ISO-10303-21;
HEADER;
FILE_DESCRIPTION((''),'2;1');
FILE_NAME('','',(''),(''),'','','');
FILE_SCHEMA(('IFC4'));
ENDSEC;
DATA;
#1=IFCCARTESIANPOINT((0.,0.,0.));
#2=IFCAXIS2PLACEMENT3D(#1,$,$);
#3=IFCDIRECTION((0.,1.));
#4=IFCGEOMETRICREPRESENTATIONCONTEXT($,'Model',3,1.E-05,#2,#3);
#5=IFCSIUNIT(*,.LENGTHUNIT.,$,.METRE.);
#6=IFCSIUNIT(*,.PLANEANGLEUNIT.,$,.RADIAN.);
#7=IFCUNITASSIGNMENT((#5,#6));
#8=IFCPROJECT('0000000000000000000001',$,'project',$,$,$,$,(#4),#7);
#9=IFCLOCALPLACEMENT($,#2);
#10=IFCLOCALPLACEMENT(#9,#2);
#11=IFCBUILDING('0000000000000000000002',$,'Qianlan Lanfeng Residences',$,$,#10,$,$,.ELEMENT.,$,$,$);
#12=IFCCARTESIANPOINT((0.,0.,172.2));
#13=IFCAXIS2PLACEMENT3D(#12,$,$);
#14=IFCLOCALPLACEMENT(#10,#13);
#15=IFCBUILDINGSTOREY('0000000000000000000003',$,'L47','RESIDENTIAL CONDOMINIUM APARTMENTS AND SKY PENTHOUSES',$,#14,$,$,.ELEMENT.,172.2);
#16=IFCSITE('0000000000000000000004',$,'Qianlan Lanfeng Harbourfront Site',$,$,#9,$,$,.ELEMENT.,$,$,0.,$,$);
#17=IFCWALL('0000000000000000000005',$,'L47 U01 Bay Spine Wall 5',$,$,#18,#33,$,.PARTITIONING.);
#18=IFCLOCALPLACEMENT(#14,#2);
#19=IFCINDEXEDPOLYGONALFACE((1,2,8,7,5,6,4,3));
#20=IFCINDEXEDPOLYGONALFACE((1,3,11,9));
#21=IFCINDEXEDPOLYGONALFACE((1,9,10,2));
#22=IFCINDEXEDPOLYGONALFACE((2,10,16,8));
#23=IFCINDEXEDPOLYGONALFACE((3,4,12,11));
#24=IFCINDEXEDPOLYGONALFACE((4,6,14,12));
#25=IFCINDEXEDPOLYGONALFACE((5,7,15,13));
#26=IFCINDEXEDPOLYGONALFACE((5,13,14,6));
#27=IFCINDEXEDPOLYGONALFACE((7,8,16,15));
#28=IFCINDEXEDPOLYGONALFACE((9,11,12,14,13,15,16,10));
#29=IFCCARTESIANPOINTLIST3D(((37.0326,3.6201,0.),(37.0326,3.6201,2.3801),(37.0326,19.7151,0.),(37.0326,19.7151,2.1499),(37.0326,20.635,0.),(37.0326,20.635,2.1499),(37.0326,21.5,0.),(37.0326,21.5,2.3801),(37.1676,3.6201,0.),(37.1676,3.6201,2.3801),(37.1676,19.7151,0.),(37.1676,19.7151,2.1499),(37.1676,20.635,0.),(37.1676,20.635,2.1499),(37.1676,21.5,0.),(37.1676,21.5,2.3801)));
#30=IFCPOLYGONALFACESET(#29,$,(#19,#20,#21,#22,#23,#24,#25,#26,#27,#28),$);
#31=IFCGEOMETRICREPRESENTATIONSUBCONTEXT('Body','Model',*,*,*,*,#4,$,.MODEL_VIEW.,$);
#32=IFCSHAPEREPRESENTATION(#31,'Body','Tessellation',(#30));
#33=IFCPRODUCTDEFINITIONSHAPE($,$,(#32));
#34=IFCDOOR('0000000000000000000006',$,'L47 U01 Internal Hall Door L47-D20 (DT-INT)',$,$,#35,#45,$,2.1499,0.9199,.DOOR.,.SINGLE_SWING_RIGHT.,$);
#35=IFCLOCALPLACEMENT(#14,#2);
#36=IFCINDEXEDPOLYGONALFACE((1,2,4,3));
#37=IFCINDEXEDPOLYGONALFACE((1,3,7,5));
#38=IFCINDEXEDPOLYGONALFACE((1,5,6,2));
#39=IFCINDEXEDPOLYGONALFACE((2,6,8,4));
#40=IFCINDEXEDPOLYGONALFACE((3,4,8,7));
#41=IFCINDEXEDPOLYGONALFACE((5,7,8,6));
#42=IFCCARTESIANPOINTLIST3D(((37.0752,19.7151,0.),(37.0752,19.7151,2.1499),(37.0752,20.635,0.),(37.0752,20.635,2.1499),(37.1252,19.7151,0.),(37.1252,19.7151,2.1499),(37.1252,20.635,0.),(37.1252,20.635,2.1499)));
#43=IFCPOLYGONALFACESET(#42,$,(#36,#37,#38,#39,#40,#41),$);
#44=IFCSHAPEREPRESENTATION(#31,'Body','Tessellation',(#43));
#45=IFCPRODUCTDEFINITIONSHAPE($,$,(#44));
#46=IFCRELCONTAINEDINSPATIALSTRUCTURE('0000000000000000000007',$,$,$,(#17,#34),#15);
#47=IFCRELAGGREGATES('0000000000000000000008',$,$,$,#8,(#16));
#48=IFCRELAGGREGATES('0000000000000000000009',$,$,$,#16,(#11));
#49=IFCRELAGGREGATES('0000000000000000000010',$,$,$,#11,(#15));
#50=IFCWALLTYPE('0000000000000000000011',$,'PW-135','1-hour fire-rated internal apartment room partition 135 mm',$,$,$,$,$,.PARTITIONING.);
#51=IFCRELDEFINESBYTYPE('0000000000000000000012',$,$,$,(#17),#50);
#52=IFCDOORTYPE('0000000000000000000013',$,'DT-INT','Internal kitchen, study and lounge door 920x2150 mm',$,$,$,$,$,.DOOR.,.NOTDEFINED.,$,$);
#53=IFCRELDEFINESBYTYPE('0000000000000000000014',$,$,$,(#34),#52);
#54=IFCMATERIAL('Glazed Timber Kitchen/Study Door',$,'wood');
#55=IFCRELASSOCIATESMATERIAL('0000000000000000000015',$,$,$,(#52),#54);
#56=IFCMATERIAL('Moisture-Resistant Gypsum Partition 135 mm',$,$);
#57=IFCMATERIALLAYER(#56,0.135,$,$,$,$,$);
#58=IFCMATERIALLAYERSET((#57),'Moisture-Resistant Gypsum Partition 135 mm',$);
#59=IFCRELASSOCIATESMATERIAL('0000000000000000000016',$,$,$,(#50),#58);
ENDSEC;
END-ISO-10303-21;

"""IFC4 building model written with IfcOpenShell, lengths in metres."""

from ifc_helpers import new_model, si_unit, direction, frame, frame_2d, origin, place, context, subcontext, project, spatial, rectangle, extrude, material, layer, layer_set, type_object, element, fill, save


model = new_model("IFC4")

# Units and contexts
model_context = context("Model", 3, precision=1e-05, world=origin(), true_north=direction((0.0, 1.0)))
body_context = subcontext(model_context, "Body", "Model", "MODEL_VIEW")
ifc_project = project(units=[si_unit("LENGTHUNIT", "METRE"), si_unit("PLANEANGLEUNIT", "RADIAN")], contexts=[model_context])

# Site, building, storey
site_placement = place(None, origin())
site = spatial("IfcSite", under=ifc_project, at=site_placement, Name="Qianlan Lanfeng Harbourfront Site", CompositionType="ELEMENT", RefElevation=0.0)
building_placement = place(site_placement, origin())
building = spatial("IfcBuilding", under=site, at=building_placement, Name="Qianlan Lanfeng Residences", CompositionType="ELEMENT")
storey_placement = place(building_placement, frame((0.0, 0.0, 172.2)))
storey = spatial("IfcBuildingStorey", under=building, at=storey_placement, Name="L47", Description="RESIDENTIAL CONDOMINIUM APARTMENTS AND SKY PENTHOUSES", CompositionType="ELEMENT", Elevation=172.2)

# Shared definitions
ifc_material_1 = material(Name="Glazed Timber Kitchen/Study Door", Category="wood")
door_type_1 = type_object("IfcDoorType", Name="DT-INT", Description="Internal kitchen, study and lounge door 920x2150 mm", OperationType="NOTDEFINED", PredefinedType="DOOR", material=ifc_material_1)

# Wall, opening, door
ifc_material_2 = material(Name="Moisture-Resistant Gypsum Partition 135 mm")
ifc_layer_1 = layer(ifc_material_2, 0.135)
ifc_layer_set_1 = layer_set([ifc_layer_1], Name="Moisture-Resistant Gypsum Partition 135 mm")
wall_type_1 = type_object("IfcWallType", Name="PW-135", Description="1-hour fire-rated internal apartment room partition 135 mm", PredefinedType="PARTITIONING", material=ifc_layer_set_1)
wall_1_placement = place(storey_placement, frame((37.1001, 3.6201, 0.0), z_axis=(0.0, 0.0, 1.0), x_axis=(0.0, 1.0, 0.0)))
wall_1 = element("IfcWall", 1, at=wall_1_placement, inside=storey, type_object=wall_type_1, Name="L47 U01 Bay Spine Wall 5", PredefinedType="PARTITIONING", context=body_context, shape_type="SweptSolid", body=[
    extrude(rectangle(XDim=17.8799, YDim=0.135, at=frame_2d((8.9399, 0.0))), origin(), (0.0, 0.0, 1.0), 2.3801),
])
opening_1_placement = place(wall_1_placement, frame((16.095, 0.0, 0.0)))
opening_1 = element("IfcOpeningElement", 2, at=opening_1_placement, cuts=wall_1, PredefinedType="OPENING", context=body_context, shape_type="SweptSolid", body=[
    extrude(rectangle(XDim=0.9199, YDim=2.1499, at=frame_2d((0.46, 1.075))), frame((0.0, 0.0776, 0.0), z_axis=(0.0, -1.0, 0.0), x_axis=(1.0, 0.0, 0.0)), (0.0, 0.0, 1.0), 0.155),
])
door_1_placement = place(opening_1_placement, origin())
door_1 = element("IfcDoor", 3, at=door_1_placement, inside=storey, type_object=door_type_1, Name="L47 U01 Internal Hall Door L47-D20 (DT-INT)", OperationType="SINGLE_SWING_RIGHT", OverallHeight=2.1499, OverallWidth=0.9199, PredefinedType="DOOR", context=body_context, shape_type="SweptSolid", body=[
    extrude(rectangle(XDim=0.9199, YDim=2.1499, at=frame_2d((0.46, 1.075))), frame((0.0, 0.0249, 0.0), z_axis=(0.0, -1.0, 0.0), x_axis=(1.0, 0.0, 0.0)), (0.0, 0.0, 1.0), 0.05),
])
fill(opening_1, door_1)

save(model, "model.ifc")
